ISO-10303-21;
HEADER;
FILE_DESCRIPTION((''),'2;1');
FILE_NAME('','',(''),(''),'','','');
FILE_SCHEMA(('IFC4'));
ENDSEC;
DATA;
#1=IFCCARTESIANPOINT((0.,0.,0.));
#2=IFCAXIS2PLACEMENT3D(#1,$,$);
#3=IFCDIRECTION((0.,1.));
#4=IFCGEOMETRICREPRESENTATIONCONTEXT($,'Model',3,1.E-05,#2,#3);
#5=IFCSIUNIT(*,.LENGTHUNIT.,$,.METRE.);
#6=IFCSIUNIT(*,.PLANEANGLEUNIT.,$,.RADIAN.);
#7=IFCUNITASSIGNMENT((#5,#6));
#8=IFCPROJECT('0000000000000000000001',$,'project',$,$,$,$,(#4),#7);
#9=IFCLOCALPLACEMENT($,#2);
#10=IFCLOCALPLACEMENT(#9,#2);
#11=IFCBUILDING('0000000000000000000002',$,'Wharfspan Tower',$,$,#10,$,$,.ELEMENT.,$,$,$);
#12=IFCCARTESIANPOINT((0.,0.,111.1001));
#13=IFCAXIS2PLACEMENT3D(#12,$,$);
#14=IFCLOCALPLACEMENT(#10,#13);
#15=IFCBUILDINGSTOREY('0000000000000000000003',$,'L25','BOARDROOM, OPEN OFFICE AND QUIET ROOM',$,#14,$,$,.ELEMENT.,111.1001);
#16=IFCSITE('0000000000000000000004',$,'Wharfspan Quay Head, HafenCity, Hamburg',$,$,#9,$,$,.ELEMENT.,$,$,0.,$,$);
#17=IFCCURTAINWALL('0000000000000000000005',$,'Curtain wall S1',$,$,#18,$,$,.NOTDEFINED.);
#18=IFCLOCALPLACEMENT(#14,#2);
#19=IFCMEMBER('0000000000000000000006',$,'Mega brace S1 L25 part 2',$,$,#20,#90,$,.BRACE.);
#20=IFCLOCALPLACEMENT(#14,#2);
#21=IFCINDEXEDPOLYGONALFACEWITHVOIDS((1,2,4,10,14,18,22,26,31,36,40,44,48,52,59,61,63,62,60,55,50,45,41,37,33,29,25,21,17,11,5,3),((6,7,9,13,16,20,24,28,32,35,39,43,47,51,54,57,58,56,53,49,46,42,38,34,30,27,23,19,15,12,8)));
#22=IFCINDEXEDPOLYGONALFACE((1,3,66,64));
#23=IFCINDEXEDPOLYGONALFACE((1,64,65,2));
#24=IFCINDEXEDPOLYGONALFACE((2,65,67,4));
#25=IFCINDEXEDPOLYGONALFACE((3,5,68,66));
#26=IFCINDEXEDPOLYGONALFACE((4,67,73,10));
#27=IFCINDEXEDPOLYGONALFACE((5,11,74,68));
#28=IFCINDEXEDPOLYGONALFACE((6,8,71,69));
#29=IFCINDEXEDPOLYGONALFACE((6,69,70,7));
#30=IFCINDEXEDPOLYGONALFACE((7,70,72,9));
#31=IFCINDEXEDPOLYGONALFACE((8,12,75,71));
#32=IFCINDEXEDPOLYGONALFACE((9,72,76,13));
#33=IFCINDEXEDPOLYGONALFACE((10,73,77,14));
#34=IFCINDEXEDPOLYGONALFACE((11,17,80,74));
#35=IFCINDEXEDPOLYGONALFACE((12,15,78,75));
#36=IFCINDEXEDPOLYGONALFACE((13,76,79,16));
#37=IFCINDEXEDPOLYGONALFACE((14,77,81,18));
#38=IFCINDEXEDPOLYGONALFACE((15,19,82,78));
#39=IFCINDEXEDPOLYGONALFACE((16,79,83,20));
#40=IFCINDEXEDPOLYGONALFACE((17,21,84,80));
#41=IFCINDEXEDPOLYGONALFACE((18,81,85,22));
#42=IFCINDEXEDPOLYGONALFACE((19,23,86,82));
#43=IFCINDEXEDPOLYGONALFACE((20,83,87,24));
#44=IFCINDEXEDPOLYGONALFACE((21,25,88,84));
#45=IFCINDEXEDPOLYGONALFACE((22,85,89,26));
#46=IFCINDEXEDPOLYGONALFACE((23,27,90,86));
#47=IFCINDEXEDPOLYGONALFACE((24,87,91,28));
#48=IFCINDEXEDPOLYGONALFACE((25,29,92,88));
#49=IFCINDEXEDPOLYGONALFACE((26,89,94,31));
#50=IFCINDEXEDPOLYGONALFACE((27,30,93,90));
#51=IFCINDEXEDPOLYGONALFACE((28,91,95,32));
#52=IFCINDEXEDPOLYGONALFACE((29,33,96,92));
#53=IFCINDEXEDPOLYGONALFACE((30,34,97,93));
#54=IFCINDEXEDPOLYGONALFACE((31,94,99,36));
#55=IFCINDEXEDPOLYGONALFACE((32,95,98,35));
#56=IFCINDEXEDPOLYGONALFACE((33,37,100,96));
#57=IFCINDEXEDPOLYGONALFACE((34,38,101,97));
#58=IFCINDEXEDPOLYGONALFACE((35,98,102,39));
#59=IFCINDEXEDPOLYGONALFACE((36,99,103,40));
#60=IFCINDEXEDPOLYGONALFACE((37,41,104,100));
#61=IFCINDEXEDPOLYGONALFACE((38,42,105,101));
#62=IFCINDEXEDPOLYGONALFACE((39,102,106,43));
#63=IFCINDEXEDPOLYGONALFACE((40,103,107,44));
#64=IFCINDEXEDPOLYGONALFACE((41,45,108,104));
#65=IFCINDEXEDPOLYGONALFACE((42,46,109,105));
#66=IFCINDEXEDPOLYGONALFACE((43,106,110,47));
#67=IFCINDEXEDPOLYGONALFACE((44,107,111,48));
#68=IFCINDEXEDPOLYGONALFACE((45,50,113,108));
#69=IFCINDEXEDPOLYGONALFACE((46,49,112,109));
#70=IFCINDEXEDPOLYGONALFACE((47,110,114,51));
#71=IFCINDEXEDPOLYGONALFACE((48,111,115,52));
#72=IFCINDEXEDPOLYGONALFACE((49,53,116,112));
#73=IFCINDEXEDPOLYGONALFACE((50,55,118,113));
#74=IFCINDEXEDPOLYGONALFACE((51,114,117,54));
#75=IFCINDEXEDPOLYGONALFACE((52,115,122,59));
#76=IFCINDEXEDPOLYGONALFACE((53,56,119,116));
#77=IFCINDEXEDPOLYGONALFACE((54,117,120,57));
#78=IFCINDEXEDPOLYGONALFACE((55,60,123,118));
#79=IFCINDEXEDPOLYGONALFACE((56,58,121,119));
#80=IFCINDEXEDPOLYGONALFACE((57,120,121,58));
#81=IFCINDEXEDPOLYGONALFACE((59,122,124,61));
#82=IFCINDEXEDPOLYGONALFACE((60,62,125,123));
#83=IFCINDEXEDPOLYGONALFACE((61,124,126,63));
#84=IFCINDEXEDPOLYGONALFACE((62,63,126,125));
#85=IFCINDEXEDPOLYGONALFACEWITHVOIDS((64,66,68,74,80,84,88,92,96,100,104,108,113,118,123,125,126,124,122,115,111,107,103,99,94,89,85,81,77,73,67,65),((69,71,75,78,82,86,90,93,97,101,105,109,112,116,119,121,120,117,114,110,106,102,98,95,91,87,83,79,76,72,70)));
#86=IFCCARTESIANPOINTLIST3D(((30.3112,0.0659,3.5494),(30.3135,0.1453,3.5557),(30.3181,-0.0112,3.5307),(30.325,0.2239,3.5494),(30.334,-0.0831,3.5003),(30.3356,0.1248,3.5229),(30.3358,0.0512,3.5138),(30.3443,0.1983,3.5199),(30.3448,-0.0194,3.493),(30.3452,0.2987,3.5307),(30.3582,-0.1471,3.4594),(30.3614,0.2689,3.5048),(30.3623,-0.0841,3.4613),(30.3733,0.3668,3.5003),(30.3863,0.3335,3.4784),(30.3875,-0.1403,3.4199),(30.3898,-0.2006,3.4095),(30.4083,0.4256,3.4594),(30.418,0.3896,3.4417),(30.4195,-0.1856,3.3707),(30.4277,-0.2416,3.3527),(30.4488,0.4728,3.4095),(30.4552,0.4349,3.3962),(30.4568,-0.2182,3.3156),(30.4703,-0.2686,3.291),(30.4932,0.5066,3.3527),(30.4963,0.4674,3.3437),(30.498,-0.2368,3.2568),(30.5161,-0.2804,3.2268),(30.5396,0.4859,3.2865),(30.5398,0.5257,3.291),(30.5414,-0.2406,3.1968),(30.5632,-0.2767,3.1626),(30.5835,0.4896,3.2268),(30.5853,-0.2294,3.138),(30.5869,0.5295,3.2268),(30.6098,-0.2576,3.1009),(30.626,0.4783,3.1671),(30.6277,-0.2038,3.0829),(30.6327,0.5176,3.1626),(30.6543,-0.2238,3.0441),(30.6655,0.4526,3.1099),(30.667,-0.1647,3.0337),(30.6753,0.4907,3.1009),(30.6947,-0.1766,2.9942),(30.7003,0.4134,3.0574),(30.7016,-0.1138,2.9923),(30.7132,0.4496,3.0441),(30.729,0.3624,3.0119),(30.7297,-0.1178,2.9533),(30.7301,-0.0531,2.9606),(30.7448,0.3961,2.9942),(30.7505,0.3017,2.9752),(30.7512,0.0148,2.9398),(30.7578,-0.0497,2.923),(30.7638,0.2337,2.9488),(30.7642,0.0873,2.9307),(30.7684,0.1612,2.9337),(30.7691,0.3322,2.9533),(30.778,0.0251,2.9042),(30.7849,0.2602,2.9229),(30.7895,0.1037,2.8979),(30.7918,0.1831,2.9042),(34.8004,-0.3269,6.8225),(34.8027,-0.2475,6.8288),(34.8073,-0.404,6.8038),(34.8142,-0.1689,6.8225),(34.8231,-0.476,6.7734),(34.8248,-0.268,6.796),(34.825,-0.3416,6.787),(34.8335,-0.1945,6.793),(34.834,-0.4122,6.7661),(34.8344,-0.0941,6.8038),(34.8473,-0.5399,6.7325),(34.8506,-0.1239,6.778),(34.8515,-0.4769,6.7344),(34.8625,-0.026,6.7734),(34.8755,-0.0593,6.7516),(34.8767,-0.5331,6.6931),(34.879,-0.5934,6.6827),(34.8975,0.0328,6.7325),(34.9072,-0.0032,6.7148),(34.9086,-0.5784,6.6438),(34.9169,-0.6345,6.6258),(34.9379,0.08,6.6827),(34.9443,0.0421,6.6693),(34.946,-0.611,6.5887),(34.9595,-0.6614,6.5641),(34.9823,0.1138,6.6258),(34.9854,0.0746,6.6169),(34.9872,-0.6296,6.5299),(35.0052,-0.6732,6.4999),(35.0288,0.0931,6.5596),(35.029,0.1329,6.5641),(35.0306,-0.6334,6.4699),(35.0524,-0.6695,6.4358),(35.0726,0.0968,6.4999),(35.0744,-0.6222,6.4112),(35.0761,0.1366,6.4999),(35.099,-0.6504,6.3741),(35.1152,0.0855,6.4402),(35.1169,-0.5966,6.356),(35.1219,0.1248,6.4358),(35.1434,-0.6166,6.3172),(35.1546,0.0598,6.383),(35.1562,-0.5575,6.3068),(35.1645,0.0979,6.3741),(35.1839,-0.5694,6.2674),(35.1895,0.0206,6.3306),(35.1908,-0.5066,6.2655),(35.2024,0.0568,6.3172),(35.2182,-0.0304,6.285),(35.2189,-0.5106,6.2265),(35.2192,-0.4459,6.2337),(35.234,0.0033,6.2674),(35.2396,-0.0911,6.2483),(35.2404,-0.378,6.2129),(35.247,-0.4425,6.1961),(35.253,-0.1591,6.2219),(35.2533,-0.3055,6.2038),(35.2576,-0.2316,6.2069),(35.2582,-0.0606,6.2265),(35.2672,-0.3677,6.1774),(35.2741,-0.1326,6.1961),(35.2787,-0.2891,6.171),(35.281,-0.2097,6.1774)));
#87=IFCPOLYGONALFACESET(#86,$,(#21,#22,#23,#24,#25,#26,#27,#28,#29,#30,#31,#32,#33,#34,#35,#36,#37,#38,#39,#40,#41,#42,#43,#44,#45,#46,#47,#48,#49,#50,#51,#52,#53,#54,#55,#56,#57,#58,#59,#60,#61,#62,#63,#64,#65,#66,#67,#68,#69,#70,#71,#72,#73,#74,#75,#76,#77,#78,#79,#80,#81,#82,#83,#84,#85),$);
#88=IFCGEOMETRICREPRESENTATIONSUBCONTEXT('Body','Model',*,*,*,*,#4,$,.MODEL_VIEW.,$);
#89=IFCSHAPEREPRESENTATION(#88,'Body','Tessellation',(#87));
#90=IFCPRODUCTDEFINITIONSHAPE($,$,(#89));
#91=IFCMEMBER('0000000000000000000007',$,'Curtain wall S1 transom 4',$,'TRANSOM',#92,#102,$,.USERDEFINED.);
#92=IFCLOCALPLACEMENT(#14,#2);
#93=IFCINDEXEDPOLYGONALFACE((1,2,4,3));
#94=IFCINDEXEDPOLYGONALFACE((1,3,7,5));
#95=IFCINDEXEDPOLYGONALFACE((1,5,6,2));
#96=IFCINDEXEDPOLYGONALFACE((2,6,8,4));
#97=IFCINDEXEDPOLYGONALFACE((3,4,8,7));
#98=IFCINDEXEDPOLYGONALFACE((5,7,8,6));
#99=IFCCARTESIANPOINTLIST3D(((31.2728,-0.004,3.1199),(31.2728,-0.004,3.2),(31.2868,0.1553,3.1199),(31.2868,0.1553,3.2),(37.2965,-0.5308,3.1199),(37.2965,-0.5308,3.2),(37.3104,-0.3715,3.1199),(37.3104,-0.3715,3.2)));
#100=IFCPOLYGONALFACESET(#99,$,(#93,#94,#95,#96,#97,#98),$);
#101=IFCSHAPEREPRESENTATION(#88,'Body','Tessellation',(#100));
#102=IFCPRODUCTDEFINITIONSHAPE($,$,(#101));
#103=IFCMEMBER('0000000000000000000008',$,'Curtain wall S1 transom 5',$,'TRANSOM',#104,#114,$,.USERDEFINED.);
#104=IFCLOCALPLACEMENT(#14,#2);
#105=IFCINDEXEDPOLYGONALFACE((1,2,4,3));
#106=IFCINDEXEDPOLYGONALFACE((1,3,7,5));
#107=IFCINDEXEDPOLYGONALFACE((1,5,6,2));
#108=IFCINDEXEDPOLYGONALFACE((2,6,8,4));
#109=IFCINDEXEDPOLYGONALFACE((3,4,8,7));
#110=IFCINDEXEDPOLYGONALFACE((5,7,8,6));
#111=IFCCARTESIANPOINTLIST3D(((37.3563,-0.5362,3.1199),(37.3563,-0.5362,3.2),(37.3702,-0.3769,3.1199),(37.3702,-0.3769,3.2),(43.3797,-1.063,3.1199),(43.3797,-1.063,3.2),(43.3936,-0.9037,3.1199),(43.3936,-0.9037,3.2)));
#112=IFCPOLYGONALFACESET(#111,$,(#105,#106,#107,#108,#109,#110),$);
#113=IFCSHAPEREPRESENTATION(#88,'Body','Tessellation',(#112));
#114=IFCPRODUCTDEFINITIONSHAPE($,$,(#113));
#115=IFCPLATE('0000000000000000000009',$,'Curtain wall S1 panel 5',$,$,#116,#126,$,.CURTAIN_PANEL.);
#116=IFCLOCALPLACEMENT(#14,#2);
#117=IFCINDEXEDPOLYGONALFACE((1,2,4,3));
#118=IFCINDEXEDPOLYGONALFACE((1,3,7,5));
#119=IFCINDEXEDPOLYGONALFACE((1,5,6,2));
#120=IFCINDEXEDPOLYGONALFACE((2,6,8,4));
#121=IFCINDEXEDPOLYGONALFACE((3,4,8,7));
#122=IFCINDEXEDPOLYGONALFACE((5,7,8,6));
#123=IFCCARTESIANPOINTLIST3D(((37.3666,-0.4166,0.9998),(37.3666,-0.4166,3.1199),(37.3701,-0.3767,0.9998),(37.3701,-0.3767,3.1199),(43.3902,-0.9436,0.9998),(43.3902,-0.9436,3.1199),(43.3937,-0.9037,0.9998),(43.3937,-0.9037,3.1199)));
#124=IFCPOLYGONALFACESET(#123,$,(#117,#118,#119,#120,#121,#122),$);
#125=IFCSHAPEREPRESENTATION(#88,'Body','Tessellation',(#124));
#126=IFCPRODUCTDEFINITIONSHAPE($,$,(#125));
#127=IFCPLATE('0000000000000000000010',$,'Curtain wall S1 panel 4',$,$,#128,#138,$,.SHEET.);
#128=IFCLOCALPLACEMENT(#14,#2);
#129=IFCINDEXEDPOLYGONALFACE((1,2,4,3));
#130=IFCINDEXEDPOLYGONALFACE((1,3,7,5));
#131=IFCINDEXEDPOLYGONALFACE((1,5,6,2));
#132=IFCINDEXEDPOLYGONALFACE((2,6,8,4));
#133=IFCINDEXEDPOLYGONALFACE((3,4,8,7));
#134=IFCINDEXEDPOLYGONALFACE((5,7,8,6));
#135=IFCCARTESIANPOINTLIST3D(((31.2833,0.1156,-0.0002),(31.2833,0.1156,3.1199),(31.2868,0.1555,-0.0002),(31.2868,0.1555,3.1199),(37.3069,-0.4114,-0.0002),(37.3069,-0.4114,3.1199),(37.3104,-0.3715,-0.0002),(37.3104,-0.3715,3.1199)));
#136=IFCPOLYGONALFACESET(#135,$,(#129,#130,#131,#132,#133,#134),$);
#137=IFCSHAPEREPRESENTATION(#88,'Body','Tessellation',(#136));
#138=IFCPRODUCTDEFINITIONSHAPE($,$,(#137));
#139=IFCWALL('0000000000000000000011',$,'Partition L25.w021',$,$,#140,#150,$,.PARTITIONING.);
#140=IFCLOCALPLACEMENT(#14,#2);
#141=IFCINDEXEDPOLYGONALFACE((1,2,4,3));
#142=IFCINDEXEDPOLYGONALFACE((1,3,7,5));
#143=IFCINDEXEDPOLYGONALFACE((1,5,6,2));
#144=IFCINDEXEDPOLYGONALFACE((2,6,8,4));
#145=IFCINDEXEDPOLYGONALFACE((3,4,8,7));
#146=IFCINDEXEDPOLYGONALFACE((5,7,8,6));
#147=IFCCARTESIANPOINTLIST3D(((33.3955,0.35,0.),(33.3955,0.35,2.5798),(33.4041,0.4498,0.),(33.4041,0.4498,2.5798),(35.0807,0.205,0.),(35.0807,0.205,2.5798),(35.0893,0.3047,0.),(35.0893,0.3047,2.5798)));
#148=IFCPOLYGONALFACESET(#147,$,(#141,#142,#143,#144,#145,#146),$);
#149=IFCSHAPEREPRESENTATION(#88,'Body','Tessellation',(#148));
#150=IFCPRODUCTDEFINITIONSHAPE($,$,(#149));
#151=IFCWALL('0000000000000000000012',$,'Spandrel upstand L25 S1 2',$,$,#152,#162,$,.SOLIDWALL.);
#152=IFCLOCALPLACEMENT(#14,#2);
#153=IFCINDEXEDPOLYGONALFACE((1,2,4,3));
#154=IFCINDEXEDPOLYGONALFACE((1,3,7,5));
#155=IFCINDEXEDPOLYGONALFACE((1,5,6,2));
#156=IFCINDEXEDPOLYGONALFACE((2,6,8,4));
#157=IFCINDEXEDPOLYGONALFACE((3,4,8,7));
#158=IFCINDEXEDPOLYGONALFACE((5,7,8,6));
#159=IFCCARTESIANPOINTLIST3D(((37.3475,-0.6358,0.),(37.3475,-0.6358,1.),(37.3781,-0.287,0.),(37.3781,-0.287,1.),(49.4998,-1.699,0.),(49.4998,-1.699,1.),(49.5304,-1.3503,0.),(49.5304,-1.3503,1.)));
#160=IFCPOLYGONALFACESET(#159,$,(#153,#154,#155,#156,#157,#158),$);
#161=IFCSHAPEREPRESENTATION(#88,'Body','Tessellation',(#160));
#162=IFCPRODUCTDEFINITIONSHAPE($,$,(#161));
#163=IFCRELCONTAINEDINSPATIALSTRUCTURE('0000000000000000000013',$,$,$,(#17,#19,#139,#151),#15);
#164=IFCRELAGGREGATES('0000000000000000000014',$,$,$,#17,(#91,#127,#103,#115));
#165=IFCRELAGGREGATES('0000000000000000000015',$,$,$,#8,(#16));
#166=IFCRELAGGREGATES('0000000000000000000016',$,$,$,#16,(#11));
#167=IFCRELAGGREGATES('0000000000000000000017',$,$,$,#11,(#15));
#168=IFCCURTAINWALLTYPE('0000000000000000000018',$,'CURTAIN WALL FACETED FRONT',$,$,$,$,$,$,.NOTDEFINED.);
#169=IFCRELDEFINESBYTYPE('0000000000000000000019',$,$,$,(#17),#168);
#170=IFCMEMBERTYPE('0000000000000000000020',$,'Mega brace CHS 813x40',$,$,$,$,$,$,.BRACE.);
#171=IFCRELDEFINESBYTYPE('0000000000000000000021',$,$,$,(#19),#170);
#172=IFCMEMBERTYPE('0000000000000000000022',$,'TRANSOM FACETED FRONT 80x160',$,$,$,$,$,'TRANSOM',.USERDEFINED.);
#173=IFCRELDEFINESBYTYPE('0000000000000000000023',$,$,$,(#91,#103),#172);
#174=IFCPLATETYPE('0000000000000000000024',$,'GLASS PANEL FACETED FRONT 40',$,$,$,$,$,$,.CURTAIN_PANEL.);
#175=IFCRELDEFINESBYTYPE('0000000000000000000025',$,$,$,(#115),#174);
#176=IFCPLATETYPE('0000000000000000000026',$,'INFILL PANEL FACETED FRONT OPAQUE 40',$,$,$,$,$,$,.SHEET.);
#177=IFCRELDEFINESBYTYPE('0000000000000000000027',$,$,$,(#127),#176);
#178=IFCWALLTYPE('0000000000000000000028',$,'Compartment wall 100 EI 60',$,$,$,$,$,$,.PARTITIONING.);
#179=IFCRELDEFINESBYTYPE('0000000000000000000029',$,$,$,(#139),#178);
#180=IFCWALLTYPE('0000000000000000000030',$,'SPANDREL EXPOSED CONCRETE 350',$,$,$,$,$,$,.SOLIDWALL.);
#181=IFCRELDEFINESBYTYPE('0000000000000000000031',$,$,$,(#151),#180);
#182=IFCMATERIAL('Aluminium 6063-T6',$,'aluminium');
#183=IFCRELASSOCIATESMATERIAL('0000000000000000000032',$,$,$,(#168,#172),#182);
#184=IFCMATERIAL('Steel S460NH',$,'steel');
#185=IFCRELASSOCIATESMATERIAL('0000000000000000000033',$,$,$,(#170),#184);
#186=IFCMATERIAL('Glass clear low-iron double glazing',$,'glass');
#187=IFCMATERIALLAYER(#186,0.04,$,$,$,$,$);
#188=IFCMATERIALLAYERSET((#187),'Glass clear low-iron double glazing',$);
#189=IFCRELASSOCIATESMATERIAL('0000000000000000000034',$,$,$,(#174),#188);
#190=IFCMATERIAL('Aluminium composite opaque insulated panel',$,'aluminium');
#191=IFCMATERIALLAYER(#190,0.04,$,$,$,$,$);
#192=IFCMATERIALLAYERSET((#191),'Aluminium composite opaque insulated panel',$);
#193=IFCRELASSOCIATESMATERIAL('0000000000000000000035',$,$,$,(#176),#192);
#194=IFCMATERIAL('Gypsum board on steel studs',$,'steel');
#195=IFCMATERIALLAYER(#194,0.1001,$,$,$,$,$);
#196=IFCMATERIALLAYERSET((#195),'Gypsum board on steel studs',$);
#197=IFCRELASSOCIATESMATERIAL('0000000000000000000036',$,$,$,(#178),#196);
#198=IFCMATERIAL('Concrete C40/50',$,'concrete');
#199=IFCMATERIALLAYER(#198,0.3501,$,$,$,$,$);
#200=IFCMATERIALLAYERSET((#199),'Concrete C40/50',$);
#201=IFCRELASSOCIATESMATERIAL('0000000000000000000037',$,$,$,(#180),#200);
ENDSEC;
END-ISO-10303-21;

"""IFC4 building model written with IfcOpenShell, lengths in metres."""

from ifc_helpers import new_model, si_unit, direction, frame, frame_2d, origin, origin_2d, place, context, subcontext, project, spatial, rectangle, hollow_circle, extrude, material, layer, layer_set, material_profile, profile_set, type_object, element, aggregate, save


model = new_model("IFC4")

# Units and contexts
model_context = context("Model", 3, precision=1e-05, world=origin(), true_north=direction((0.0, 1.0)))
body_context = subcontext(model_context, "Body", "Model", "MODEL_VIEW")
ifc_project = project(units=[si_unit("LENGTHUNIT", "METRE"), si_unit("PLANEANGLEUNIT", "RADIAN")], contexts=[model_context])

# Site, building, storey
site_placement = place(None, origin())
site = spatial("IfcSite", under=ifc_project, at=site_placement, Name="Wharfspan Quay Head, HafenCity, Hamburg", CompositionType="ELEMENT", RefElevation=0.0)
building_placement = place(site_placement, origin())
building = spatial("IfcBuilding", under=site, at=building_placement, Name="Wharfspan Tower", CompositionType="ELEMENT")
storey_placement = place(building_placement, frame((0.0, 0.0, 111.1001)))
storey = spatial("IfcBuildingStorey", under=building, at=storey_placement, Name="L25", Description="BOARDROOM, OPEN OFFICE AND QUIET ROOM", CompositionType="ELEMENT", Elevation=111.1001)

# Curtain wall
ifc_material_1 = material(Name="Aluminium 6063-T6", Category="aluminium")
curtain_wall_type = type_object("IfcCurtainWallType", Name="CURTAIN WALL FACETED FRONT", PredefinedType="NOTDEFINED", material=ifc_material_1)
curtain_wall_placement = place(storey_placement, origin())
curtain_wall = element("IfcCurtainWall", 1, at=curtain_wall_placement, inside=storey, type_object=curtain_wall_type, Name="Curtain wall S1", PredefinedType="NOTDEFINED")

# Members
ifc_material_2 = material(Name="Steel S460NH", Category="steel")
ifc_material_profile_1 = material_profile(ifc_material_2, hollow_circle(Radius=0.4065, WallThickness=0.04, at=origin_2d()))
ifc_profile_set_1 = profile_set([ifc_material_profile_1], Name="Steel S460NH")
member_type_1 = type_object("IfcMemberType", Name="Mega brace CHS 813x40", PredefinedType="BRACE", material=ifc_profile_set_1)
member_1_placement = place(storey_placement, frame((30.5515, 0.1245, 3.2268), z_axis=(0.806015, -0.070528, 0.587679), x_axis=(0.087171, 0.996191, -0.000003)))
element("IfcMember", 2, at=member_1_placement, inside=storey, type_object=member_type_1, Name="Mega brace S1 L25 part 2", PredefinedType="BRACE", context=body_context, shape_type="SweptSolid", body=[
    extrude(hollow_circle(Radius=0.4065, WallThickness=0.04, at=origin_2d()), origin(), (0.0, 0.0, 1.0), 5.5696),
])
ifc_material_profile_2 = material_profile(ifc_material_1, rectangle(XDim=0.1599, YDim=0.0801, at=origin_2d()))
ifc_profile_set_2 = profile_set([ifc_material_profile_2], Name="Aluminium 6063-T6")
member_type_2 = type_object("IfcMemberType", Name="TRANSOM FACETED FRONT 80x160", ElementType="TRANSOM", PredefinedType="USERDEFINED", material=ifc_profile_set_2)
member_2_placement = place(storey_placement, frame((31.2798, 0.0757, 3.1599), z_axis=(0.996197, -0.087131, 0.0), x_axis=(0.087131, 0.996197, 0.0)))
member_2 = element("IfcMember", 3, at=member_2_placement, type_object=member_type_2, Name="Curtain wall S1 transom 4", ObjectType="TRANSOM", PredefinedType="USERDEFINED", context=body_context, shape_type="SweptSolid", body=[
    extrude(rectangle(XDim=0.1599, YDim=0.0801, at=origin_2d()), origin(), (0.0, 0.0, 1.0), 6.0466),
])
member_3_placement = place(storey_placement, frame((37.3633, -0.4565, 3.1599), z_axis=(0.996197, -0.087135, 0.0), x_axis=(0.087135, 0.996197, 0.0)))
member_3 = element("IfcMember", 4, at=member_3_placement, type_object=member_type_2, Name="Curtain wall S1 transom 5", ObjectType="TRANSOM", PredefinedType="USERDEFINED", context=body_context, shape_type="SweptSolid", body=[
    extrude(rectangle(XDim=0.1599, YDim=0.0801, at=origin_2d()), origin(), (0.0, 0.0, 1.0), 6.0464),
])

# Plates
ifc_material_3 = material(Name="Glass clear low-iron double glazing", Category="glass")
ifc_layer_1 = layer(ifc_material_3, 0.04)
ifc_layer_set_1 = layer_set([ifc_layer_1], Name="Glass clear low-iron double glazing")
plate_type_1 = type_object("IfcPlateType", Name="GLASS PANEL FACETED FRONT 40", PredefinedType="CURTAIN_PANEL", material=ifc_layer_set_1)
plate_1_placement = place(storey_placement, frame((40.3801, -0.6602, 0.9998), z_axis=(0.0, 0.0, 1.0), x_axis=(0.996198, -0.087156, 0.0)))
plate_1 = element("IfcPlate", 5, at=plate_1_placement, type_object=plate_type_1, Name="Curtain wall S1 panel 5", PredefinedType="CURTAIN_PANEL", context=body_context, shape_type="SweptSolid", body=[
    extrude(rectangle(XDim=6.0466, YDim=0.04, at=origin_2d()), origin(), (0.0, 0.0, 1.0), 2.1201),
])
ifc_material_4 = material(Name="Aluminium composite opaque insulated panel", Category="aluminium")
ifc_layer_2 = layer(ifc_material_4, 0.04)
ifc_layer_set_2 = layer_set([ifc_layer_2], Name="Aluminium composite opaque insulated panel")
plate_type_2 = type_object("IfcPlateType", Name="INFILL PANEL FACETED FRONT OPAQUE 40", PredefinedType="SHEET", material=ifc_layer_set_2)
plate_2_placement = place(storey_placement, frame((34.2969, -0.1279, -0.0002), z_axis=(0.0, 0.0, 1.0), x_axis=(0.996198, -0.087156, 0.0)))
plate_2 = element("IfcPlate", 6, at=plate_2_placement, type_object=plate_type_2, Name="Curtain wall S1 panel 4", PredefinedType="SHEET", context=body_context, shape_type="SweptSolid", body=[
    extrude(rectangle(XDim=6.0466, YDim=0.04, at=origin_2d()), origin(), (0.0, 0.0, 1.0), 3.1201),
])
aggregate(curtain_wall, [member_2, plate_2, member_3, plate_1])

# Walls
ifc_material_5 = material(Name="Gypsum board on steel studs", Category="steel")
ifc_layer_3 = layer(ifc_material_5, 0.1001)
ifc_layer_set_3 = layer_set([ifc_layer_3], Name="Gypsum board on steel studs")
wall_type_1 = type_object("IfcWallType", Name="Compartment wall 100 EI 60", PredefinedType="PARTITIONING", material=ifc_layer_set_3)
wall_1_placement = place(storey_placement, frame((35.085, 0.2549, 0.0), z_axis=(0.0, 0.0, 1.0), x_axis=(-0.996316, 0.085745, 0.0)))
element("IfcWall", 7, at=wall_1_placement, inside=storey, type_object=wall_type_1, Name="Partition L25.w021", PredefinedType="PARTITIONING", context=body_context, shape_type="SweptSolid", body=[
    extrude(rectangle(XDim=1.6914, YDim=0.1001, at=frame_2d((0.8457, 0.0))), origin(), (0.0, 0.0, 1.0), 2.5798),
])
ifc_material_6 = material(Name="Concrete C40/50", Category="concrete")
ifc_layer_4 = layer(ifc_material_6, 0.3501)
ifc_layer_set_4 = layer_set([ifc_layer_4], Name="Concrete C40/50")
wall_type_2 = type_object("IfcWallType", Name="SPANDREL EXPOSED CONCRETE 350", PredefinedType="SOLIDWALL", material=ifc_layer_set_4)
wall_2_placement = place(storey_placement, frame((37.3628, -0.4614, 0.0), z_axis=(0.0, 0.0, 1.0), x_axis=(0.996194, -0.087159, 0.0)))
element("IfcWall", 8, at=wall_2_placement, inside=storey, type_object=wall_type_2, Name="Spandrel upstand L25 S1 2", PredefinedType="SOLIDWALL", context=body_context, shape_type="SweptSolid", body=[
    extrude(rectangle(XDim=12.1987, YDim=0.3501, at=frame_2d((6.0994, 0.0))), origin(), (0.0, 0.0, 1.0), 1.0),
])

save(model, "model.ifc")
